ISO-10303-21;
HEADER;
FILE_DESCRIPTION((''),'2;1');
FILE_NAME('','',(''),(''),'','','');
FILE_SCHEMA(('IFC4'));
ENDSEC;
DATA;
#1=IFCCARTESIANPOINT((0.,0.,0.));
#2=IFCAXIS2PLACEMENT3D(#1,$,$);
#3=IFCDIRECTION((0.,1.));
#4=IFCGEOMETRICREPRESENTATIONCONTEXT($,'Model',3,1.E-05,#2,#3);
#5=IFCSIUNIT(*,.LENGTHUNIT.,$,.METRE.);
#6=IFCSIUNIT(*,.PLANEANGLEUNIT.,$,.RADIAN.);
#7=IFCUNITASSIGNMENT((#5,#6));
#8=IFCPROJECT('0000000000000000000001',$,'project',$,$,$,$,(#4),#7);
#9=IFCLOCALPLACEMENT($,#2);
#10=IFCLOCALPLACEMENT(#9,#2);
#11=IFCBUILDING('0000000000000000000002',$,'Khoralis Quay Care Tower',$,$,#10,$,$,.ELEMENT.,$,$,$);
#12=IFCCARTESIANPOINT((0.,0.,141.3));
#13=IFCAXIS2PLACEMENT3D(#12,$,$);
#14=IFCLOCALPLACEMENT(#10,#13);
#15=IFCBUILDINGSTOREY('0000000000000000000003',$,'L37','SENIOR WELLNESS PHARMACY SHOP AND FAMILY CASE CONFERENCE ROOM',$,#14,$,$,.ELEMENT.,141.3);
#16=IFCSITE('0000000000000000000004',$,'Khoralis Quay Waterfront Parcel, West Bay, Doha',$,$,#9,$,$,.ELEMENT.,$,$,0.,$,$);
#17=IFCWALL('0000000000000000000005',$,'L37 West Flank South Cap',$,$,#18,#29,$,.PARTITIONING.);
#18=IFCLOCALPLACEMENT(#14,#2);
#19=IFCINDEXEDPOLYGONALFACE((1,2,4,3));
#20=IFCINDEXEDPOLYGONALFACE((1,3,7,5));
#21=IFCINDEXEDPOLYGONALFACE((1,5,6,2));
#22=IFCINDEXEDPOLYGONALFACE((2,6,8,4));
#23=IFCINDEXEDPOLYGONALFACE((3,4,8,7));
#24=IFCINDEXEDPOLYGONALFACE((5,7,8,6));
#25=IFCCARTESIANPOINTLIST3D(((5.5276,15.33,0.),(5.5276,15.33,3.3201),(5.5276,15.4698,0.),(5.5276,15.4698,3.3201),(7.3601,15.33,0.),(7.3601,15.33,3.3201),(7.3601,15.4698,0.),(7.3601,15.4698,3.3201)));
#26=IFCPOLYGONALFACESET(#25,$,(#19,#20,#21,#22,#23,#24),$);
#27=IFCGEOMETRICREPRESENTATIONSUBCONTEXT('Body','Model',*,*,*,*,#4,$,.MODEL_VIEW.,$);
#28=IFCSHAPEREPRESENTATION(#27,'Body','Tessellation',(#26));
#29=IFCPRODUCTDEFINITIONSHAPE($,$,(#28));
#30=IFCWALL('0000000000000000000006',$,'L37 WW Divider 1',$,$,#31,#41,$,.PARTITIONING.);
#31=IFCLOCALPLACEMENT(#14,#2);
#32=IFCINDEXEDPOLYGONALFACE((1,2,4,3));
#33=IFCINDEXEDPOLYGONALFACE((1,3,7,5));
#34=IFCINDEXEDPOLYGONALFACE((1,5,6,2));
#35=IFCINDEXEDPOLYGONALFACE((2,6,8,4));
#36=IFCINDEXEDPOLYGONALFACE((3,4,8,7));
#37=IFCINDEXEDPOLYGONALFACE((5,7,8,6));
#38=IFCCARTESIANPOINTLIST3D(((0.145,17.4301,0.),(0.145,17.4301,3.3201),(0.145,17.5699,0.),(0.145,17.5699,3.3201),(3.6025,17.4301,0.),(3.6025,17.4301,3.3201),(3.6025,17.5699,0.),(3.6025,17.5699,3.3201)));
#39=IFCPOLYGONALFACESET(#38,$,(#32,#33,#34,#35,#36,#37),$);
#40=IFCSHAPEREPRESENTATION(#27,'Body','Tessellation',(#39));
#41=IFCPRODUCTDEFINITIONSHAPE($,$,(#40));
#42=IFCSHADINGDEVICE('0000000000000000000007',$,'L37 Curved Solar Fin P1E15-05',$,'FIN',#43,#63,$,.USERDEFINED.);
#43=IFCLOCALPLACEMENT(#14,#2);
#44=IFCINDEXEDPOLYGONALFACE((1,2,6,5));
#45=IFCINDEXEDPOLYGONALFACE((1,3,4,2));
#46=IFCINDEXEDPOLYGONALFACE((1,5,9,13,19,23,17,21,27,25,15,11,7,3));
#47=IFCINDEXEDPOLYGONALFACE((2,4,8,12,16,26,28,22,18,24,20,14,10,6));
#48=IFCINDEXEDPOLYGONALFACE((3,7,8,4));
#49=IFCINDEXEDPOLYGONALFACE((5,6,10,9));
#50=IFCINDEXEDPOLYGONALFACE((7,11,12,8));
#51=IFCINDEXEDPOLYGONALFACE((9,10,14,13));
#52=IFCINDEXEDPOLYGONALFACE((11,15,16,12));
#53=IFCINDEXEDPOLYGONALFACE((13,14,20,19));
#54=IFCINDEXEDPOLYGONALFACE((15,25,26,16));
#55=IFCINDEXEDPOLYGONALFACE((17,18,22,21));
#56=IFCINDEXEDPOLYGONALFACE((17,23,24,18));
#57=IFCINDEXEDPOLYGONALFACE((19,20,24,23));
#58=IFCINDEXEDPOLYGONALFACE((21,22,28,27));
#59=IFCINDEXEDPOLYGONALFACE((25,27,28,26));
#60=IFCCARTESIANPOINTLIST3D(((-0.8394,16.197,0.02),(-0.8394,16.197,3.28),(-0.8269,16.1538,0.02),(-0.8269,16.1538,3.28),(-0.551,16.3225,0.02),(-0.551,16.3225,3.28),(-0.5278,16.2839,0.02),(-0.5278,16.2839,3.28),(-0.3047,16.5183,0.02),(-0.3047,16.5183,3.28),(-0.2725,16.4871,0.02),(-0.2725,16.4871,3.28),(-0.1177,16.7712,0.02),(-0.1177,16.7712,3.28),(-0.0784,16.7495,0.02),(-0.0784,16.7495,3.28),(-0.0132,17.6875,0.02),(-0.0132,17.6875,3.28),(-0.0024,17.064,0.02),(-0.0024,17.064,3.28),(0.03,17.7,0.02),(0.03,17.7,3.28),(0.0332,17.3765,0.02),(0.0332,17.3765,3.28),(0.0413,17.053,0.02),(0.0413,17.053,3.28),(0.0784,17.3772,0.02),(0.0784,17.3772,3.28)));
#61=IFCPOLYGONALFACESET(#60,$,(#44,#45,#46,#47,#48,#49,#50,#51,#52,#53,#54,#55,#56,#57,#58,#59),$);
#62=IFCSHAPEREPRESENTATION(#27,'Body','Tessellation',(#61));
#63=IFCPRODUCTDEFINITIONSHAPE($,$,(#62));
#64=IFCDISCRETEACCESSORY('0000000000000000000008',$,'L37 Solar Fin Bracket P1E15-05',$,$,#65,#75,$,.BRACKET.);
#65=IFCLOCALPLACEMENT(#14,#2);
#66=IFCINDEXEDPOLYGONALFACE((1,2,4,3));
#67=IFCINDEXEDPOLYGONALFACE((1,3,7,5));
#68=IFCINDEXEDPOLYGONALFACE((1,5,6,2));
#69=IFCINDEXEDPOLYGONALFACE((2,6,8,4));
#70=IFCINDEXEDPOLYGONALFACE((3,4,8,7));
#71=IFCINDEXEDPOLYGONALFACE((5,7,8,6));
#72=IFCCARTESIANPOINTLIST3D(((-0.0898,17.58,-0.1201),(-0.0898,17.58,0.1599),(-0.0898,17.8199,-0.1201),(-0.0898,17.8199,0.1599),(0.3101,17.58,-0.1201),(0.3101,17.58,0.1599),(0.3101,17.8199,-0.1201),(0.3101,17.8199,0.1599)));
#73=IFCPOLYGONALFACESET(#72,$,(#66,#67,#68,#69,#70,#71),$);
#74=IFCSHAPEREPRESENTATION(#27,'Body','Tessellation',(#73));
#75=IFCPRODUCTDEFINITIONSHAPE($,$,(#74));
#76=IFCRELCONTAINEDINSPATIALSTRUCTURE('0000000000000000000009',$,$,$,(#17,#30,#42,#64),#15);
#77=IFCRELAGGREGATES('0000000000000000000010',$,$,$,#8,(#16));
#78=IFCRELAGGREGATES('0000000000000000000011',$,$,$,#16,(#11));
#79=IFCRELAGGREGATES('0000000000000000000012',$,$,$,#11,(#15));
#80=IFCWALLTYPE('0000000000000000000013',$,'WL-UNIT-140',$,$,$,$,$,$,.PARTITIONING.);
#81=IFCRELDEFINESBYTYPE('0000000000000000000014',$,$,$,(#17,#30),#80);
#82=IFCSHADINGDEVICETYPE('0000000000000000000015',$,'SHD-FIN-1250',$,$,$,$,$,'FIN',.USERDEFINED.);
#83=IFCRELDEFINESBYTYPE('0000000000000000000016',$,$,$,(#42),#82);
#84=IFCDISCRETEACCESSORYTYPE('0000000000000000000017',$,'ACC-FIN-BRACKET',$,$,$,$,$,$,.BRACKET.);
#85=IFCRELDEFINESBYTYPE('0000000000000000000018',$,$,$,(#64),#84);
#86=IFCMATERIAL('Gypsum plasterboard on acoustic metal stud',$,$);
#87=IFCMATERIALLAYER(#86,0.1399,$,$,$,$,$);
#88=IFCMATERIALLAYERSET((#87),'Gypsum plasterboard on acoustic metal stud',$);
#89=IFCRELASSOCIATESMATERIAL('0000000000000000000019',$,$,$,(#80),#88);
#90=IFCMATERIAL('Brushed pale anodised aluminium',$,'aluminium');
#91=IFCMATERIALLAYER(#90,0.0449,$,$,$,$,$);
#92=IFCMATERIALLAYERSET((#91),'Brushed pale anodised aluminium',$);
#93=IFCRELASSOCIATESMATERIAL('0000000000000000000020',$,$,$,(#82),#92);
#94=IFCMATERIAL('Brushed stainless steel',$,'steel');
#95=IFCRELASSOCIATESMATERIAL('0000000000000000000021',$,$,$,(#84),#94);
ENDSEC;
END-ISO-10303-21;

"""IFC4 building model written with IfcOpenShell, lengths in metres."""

from ifc_helpers import new_model, si_unit, direction, frame, frame_2d, origin, origin_2d, place, context, subcontext, project, spatial, polyline, rectangle, outline, extrude, source, transform, mapped, material, layer, layer_set, type_object, element, save


model = new_model("IFC4")

# Units and contexts
model_context = context("Model", 3, precision=1e-05, world=origin(), true_north=direction((0.0, 1.0)))
body_context = subcontext(model_context, "Body", "Model", "MODEL_VIEW")
ifc_project = project(units=[si_unit("LENGTHUNIT", "METRE"), si_unit("PLANEANGLEUNIT", "RADIAN")], contexts=[model_context])

# Site, building, storey
site_placement = place(None, origin())
site = spatial("IfcSite", under=ifc_project, at=site_placement, Name="Khoralis Quay Waterfront Parcel, West Bay, Doha", CompositionType="ELEMENT", RefElevation=0.0)
building_placement = place(site_placement, origin())
building = spatial("IfcBuilding", under=site, at=building_placement, Name="Khoralis Quay Care Tower", CompositionType="ELEMENT")
storey_placement = place(building_placement, frame((0.0, 0.0, 141.3)))
storey = spatial("IfcBuildingStorey", under=building, at=storey_placement, Name="L37", Description="SENIOR WELLNESS PHARMACY SHOP AND FAMILY CASE CONFERENCE ROOM", CompositionType="ELEMENT", Elevation=141.3)

# Shared definitions
ifc_material_1 = material(Name="Brushed stainless steel", Category="steel")
ifc_material_2 = material(Name="Gypsum plasterboard on acoustic metal stud")

# Walls
ifc_layer_1 = layer(ifc_material_2, 0.1399)
ifc_layer_set_1 = layer_set([ifc_layer_1], Name="Gypsum plasterboard on acoustic metal stud")
wall_type_1 = type_object("IfcWallType", Name="WL-UNIT-140", PredefinedType="PARTITIONING", material=ifc_layer_set_1)
wall_1_placement = place(storey_placement, frame((5.5276, 15.3999, 0.0), z_axis=(0.0, 0.0, 1.0), x_axis=(1.0, 0.0, 0.0)))
element("IfcWall", 1, at=wall_1_placement, inside=storey, type_object=wall_type_1, Name="L37 West Flank South Cap", PredefinedType="PARTITIONING", context=body_context, shape_type="SweptSolid", body=[
    extrude(rectangle(XDim=1.8325, YDim=0.1399, at=frame_2d((0.9163, 0.0))), origin(), (0.0, 0.0, 1.0), 3.3201),
])
wall_2_placement = place(storey_placement, frame((0.145, 17.5, 0.0), z_axis=(0.0, 0.0, 1.0), x_axis=(1.0, 0.0, 0.0)))
element("IfcWall", 2, at=wall_2_placement, inside=storey, type_object=wall_type_1, Name="L37 WW Divider 1", PredefinedType="PARTITIONING", context=body_context, shape_type="SweptSolid", body=[
    extrude(rectangle(XDim=3.4575, YDim=0.1399, at=frame_2d((1.7288, 0.0))), origin(), (0.0, 0.0, 1.0), 3.3201),
])

# Shading device
ifc_material_3 = material(Name="Brushed pale anodised aluminium", Category="aluminium")
ifc_layer_2 = layer(ifc_material_3, 0.0449)
ifc_layer_set_2 = layer_set([ifc_layer_2], Name="Brushed pale anodised aluminium")
shading_device_type = type_object("IfcShadingDeviceType", Name="SHD-FIN-1250", ElementType="FIN", PredefinedType="USERDEFINED", material=ifc_layer_set_2)
shared_shape_1 = source(origin(), body_context, "Body", "SweptSolid", [
    extrude(outline(polyline([(0.0, 0.0), (-0.0483, 0.3228), (-0.0112, 0.647), (0.1084, 0.9504), (0.3025, 1.2129), (0.5579, 1.416), (0.8569, 1.5461), (0.8694, 1.5029), (0.5811, 1.3774), (0.3347, 1.1816), (0.1477, 0.9287), (0.0325, 0.636), (-0.0032, 0.3235), (0.0432, 0.0125), (0.0, 0.0)])), origin(), (0.0, 0.0, 1.0), 3.26),
])
shading_device_placement = place(storey_placement, frame((0.03, 17.7, 0.02), z_axis=(0.0, 0.0, 1.0), x_axis=(-1.0, 0.0, 0.0)))
element("IfcShadingDevice", 3, at=shading_device_placement, inside=storey, type_object=shading_device_type, Name="L37 Curved Solar Fin P1E15-05", ObjectType="FIN", PredefinedType="USERDEFINED", context=body_context, shape_type="MappedRepresentation", body=[
    mapped(shared_shape_1, transform((0.0, 0.0, 0.0), scale=1.0)),
])

# Discrete accessory
discrete_accessory_type = type_object("IfcDiscreteAccessoryType", Name="ACC-FIN-BRACKET", PredefinedType="BRACKET", material=ifc_material_1)
shared_shape_2 = source(origin(), body_context, "Body", "SweptSolid", [
    extrude(rectangle(XDim=0.3999, YDim=0.24, at=origin_2d()), origin(), (0.0, 0.0, 1.0), 0.28),
])
discrete_accessory_placement = place(storey_placement, frame((0.1101, 17.7, -0.1201), z_axis=(0.0, 0.0, 1.0), x_axis=(-1.0, 0.0, 0.0)))
element("IfcDiscreteAccessory", 4, at=discrete_accessory_placement, inside=storey, type_object=discrete_accessory_type, Name="L37 Solar Fin Bracket P1E15-05", PredefinedType="BRACKET", context=body_context, shape_type="MappedRepresentation", body=[
    mapped(shared_shape_2, transform((0.0, 0.0, 0.0), scale=1.0)),
])

save(model, "model.ifc")
